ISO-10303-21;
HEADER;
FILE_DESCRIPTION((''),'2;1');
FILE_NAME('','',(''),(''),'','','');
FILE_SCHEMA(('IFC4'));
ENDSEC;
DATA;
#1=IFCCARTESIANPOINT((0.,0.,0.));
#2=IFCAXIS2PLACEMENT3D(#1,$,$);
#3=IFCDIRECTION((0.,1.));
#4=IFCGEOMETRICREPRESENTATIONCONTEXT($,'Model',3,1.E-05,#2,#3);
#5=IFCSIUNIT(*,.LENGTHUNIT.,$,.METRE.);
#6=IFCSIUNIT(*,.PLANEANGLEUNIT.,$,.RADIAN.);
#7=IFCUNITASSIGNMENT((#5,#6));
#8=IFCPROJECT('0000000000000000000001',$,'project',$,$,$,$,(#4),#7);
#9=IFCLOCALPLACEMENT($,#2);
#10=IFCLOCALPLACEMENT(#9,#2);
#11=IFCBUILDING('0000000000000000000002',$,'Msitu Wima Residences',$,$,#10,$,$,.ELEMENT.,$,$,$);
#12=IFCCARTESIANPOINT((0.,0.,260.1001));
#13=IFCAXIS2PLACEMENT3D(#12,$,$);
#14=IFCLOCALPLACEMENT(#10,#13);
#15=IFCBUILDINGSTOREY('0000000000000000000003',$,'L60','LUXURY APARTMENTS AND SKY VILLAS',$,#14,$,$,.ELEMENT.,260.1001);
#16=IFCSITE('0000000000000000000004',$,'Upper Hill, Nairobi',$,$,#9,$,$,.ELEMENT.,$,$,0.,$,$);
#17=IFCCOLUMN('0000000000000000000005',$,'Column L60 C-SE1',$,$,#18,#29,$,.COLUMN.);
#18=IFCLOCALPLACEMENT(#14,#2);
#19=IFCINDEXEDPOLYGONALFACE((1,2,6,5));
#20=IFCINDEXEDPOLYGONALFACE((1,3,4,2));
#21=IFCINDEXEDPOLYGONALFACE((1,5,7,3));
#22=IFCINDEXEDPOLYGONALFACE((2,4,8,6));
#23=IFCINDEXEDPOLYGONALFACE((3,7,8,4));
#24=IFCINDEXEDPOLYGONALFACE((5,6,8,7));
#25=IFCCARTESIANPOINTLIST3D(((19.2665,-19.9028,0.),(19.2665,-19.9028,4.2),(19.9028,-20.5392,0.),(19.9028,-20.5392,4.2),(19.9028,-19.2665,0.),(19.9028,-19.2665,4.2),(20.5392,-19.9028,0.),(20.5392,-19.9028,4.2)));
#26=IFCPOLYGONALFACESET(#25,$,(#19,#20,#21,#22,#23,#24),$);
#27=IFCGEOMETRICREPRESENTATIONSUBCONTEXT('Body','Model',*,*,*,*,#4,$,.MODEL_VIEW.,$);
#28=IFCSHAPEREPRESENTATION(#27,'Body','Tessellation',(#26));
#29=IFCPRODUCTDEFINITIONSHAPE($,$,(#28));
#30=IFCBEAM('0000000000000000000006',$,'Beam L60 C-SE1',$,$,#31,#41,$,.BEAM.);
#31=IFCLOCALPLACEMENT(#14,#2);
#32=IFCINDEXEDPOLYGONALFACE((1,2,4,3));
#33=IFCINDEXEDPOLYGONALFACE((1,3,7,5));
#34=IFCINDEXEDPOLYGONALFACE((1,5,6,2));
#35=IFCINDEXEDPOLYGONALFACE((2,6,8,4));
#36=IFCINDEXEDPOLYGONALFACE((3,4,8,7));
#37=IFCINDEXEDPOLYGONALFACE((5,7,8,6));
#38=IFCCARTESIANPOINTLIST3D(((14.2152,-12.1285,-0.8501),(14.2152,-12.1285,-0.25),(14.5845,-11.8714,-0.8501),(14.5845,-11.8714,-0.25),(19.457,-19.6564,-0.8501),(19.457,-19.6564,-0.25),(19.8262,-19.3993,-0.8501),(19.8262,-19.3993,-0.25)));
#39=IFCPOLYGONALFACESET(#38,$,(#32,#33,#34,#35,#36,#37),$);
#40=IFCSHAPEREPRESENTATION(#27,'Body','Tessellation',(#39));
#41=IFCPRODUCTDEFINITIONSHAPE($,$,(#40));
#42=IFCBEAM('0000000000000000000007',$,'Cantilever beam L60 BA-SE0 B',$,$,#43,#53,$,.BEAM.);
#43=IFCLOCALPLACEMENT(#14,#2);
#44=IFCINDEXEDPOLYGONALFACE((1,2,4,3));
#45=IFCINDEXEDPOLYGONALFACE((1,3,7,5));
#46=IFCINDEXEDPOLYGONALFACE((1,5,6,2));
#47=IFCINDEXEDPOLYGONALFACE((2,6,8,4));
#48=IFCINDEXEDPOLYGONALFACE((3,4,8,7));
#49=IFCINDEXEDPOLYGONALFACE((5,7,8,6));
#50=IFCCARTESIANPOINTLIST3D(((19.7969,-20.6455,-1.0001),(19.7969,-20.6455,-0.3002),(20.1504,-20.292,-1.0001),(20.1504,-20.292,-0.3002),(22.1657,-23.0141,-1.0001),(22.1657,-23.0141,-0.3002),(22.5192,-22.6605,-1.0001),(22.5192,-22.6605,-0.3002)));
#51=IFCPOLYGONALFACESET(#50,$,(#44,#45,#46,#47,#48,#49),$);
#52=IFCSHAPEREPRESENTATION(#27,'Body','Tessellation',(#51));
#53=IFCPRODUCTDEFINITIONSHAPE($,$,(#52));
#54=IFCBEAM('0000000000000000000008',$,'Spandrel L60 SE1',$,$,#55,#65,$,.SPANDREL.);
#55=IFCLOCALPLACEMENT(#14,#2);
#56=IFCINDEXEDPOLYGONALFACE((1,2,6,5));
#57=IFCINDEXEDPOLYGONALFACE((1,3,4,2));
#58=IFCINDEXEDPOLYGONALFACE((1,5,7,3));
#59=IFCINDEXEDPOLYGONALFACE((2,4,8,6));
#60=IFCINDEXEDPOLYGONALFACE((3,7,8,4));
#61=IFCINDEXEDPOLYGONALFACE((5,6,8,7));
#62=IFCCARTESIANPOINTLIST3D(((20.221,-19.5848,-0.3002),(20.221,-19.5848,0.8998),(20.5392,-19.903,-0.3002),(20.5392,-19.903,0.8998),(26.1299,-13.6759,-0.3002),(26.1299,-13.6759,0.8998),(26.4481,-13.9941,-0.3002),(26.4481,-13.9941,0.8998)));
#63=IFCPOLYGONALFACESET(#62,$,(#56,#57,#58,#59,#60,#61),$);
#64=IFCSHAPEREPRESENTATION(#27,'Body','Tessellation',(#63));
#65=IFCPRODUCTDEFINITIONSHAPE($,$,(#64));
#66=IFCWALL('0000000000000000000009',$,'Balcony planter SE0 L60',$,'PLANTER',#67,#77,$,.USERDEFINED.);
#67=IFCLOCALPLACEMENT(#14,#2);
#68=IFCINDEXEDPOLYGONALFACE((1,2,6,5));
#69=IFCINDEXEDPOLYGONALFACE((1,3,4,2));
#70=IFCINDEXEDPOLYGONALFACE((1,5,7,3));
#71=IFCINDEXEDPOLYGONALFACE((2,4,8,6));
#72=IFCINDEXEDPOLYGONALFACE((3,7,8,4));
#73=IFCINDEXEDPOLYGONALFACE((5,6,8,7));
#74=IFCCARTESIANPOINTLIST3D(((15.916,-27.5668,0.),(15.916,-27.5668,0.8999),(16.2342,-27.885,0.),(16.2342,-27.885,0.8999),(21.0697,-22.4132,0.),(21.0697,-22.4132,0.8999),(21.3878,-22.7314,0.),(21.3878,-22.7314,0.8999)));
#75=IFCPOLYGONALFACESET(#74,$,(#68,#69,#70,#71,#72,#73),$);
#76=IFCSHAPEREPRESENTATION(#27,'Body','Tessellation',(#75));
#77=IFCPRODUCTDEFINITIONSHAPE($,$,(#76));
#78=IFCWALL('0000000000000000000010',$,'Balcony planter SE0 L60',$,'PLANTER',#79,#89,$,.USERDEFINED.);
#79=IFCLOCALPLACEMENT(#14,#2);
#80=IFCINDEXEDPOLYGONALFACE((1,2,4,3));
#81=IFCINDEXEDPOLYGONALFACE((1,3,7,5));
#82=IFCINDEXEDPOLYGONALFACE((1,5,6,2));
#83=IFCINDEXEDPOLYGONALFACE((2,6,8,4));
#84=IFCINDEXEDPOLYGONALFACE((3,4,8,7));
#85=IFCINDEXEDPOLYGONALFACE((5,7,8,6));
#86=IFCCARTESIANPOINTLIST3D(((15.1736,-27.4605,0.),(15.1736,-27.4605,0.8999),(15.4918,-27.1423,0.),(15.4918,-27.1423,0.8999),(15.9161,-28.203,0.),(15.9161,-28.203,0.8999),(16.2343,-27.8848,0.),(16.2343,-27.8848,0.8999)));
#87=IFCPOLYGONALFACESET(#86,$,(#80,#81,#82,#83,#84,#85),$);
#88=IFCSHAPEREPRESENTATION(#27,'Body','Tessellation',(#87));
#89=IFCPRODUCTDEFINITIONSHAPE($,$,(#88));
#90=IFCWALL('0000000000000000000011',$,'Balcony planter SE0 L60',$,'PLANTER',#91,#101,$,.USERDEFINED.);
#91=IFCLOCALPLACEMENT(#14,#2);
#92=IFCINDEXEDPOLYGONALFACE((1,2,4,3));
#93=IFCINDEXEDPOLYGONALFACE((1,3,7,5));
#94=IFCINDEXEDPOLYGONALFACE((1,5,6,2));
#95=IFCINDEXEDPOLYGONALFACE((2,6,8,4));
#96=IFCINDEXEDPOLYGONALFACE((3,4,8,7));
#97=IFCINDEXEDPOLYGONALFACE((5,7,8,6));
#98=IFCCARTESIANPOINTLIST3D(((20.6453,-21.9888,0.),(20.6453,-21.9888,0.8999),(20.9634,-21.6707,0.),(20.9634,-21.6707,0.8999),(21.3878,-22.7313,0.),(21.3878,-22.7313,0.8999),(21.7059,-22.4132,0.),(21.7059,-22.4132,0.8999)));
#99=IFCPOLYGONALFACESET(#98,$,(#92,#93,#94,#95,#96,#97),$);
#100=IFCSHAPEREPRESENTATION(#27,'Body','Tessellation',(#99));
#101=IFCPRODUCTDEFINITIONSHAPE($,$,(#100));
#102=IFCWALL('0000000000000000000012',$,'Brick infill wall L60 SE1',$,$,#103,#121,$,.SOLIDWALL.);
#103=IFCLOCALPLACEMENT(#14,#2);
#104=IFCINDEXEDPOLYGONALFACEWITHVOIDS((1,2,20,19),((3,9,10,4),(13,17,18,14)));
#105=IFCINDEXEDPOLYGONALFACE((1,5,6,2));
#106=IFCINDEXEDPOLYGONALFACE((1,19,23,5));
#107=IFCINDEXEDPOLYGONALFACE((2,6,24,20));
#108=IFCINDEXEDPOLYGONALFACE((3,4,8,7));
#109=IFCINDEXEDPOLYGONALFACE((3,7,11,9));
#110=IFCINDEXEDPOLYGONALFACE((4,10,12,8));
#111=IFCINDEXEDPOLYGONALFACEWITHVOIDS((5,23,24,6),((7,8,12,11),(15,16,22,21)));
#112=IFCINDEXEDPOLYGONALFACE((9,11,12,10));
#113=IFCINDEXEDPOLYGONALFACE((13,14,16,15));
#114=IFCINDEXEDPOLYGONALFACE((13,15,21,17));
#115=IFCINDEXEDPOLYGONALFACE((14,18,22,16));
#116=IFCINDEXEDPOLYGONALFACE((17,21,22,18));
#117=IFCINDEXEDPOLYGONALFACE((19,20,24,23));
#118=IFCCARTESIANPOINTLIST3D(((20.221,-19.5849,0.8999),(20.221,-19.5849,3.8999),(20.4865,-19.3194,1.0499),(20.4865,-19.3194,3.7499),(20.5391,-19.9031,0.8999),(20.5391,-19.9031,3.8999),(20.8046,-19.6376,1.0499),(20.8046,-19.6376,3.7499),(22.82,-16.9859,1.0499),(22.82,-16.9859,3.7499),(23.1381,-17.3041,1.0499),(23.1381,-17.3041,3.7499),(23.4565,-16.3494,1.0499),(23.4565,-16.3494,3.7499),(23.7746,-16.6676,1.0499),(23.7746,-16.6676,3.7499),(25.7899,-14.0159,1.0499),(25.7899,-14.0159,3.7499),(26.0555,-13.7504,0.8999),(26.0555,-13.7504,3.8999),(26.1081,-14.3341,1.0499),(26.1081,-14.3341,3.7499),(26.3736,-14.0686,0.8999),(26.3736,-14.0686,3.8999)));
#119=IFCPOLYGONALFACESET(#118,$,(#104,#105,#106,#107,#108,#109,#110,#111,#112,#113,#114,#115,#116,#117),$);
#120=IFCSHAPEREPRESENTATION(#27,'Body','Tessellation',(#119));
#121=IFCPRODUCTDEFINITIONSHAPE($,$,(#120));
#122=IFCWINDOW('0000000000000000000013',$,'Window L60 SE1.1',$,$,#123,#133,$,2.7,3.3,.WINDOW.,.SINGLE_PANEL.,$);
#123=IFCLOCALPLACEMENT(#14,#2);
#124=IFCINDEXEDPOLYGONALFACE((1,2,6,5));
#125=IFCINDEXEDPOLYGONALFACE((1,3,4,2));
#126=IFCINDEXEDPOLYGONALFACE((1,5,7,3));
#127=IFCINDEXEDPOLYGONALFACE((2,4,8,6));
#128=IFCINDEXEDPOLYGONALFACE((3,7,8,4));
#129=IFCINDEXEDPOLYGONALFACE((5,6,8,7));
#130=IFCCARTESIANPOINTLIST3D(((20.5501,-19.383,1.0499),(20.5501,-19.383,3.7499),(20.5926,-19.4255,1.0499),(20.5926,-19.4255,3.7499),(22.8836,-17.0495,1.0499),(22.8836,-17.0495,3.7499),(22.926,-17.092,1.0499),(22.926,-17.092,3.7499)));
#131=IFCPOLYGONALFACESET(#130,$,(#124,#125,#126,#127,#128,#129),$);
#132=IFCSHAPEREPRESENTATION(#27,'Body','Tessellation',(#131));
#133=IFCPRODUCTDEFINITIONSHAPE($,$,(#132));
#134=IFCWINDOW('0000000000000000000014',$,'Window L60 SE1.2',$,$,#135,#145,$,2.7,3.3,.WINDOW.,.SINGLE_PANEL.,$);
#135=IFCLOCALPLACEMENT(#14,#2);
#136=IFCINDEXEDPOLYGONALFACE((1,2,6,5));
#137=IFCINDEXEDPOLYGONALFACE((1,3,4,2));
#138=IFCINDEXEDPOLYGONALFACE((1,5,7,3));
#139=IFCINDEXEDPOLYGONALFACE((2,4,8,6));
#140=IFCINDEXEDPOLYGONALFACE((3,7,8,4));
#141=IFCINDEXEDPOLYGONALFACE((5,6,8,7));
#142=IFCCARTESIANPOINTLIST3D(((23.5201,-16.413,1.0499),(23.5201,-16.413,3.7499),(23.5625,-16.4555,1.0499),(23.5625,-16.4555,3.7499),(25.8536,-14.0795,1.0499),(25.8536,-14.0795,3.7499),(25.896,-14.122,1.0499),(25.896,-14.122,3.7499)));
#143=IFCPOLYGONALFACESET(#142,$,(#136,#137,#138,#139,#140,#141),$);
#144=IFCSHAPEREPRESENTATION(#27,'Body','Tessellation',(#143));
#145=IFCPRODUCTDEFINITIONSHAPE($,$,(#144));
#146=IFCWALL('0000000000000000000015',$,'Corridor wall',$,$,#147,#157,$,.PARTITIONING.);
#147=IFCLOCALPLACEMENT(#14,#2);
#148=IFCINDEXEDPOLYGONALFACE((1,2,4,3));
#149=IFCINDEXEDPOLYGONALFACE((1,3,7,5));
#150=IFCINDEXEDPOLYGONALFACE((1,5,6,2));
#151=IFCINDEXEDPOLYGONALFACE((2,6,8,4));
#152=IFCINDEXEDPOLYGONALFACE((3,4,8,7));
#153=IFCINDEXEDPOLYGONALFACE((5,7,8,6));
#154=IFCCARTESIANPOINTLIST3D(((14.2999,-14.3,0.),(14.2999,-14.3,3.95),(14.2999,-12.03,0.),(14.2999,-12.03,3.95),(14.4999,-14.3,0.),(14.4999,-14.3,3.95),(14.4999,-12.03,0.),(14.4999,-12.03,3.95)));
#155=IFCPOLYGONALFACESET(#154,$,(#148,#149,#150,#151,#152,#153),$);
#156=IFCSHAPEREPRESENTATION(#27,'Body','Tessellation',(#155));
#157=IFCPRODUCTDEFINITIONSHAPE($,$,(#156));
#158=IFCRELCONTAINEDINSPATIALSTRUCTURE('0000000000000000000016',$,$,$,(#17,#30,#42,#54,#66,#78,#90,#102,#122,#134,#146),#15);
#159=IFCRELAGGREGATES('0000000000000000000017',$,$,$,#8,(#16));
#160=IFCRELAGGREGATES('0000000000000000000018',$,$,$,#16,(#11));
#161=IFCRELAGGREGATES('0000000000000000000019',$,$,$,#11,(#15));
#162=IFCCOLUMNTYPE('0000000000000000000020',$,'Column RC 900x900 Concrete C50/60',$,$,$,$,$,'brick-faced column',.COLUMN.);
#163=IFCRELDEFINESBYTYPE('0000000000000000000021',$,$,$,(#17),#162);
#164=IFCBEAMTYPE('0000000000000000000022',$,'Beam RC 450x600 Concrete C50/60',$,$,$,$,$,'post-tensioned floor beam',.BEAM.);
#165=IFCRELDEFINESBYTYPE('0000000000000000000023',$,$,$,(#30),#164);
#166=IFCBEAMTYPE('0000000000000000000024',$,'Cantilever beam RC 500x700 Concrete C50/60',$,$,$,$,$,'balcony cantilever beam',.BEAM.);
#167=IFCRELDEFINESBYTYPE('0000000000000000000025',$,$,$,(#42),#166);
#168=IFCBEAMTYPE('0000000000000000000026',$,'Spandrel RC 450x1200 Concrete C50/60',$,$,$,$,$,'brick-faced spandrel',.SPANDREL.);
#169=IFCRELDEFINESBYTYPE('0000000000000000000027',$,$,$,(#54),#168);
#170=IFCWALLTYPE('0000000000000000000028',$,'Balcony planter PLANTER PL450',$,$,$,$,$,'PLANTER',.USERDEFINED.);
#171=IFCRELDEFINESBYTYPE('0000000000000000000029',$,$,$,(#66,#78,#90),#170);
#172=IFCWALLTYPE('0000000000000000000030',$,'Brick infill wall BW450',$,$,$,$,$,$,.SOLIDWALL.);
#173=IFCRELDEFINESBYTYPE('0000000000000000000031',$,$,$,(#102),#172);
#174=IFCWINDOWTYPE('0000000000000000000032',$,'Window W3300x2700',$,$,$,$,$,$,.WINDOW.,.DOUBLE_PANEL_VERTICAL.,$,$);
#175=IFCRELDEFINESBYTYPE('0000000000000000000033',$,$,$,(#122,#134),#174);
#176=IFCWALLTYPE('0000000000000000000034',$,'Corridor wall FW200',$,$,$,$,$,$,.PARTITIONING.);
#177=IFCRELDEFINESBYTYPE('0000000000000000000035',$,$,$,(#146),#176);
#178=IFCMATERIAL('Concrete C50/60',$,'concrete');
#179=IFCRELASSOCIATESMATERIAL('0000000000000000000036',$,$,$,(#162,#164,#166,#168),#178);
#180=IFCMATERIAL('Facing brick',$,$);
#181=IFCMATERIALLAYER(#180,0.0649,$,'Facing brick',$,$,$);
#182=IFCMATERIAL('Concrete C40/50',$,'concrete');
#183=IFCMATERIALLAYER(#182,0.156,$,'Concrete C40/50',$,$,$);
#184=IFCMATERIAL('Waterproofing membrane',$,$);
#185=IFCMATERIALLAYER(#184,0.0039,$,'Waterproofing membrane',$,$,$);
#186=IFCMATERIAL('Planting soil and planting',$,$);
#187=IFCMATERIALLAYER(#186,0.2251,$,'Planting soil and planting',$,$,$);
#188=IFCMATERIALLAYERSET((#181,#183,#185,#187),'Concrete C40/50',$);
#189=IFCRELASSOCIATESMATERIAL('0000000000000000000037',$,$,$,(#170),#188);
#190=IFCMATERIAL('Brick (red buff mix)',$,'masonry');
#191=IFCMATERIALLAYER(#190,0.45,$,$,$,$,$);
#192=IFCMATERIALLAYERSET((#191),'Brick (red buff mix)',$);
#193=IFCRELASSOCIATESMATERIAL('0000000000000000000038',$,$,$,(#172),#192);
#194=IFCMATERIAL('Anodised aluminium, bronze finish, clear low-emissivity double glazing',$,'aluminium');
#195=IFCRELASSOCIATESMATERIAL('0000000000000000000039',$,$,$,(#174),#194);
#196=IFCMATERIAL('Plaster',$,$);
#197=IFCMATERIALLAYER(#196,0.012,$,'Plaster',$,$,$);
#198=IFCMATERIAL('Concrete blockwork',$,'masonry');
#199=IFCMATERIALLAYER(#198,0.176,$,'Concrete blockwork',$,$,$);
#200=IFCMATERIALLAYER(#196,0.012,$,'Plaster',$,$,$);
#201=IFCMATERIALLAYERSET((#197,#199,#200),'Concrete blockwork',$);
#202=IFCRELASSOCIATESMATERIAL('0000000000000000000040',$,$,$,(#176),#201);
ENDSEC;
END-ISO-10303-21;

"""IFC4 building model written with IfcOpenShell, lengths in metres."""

from ifc_helpers import new_model, si_unit, direction, frame, frame_2d, origin, origin_2d, place, context, subcontext, project, spatial, rectangle, extrude, material, layer, layer_set, material_profile, profile_set, type_object, element, fill, save


model = new_model("IFC4")

# Units and contexts
model_context = context("Model", 3, precision=1e-05, world=origin(), true_north=direction((0.0, 1.0)))
body_context = subcontext(model_context, "Body", "Model", "MODEL_VIEW")
ifc_project = project(units=[si_unit("LENGTHUNIT", "METRE"), si_unit("PLANEANGLEUNIT", "RADIAN")], contexts=[model_context])

# Site, building, storey
site_placement = place(None, origin())
site = spatial("IfcSite", under=ifc_project, at=site_placement, Name="Upper Hill, Nairobi", CompositionType="ELEMENT", RefElevation=0.0)
building_placement = place(site_placement, origin())
building = spatial("IfcBuilding", under=site, at=building_placement, Name="Msitu Wima Residences", CompositionType="ELEMENT")
storey_placement = place(building_placement, frame((0.0, 0.0, 260.1001)))
storey = spatial("IfcBuildingStorey", under=building, at=storey_placement, Name="L60", Description="LUXURY APARTMENTS AND SKY VILLAS", CompositionType="ELEMENT", Elevation=260.1001)

# Column
ifc_material_1 = material(Name="Concrete C50/60", Category="concrete")
ifc_material_profile_1 = material_profile(ifc_material_1, rectangle(XDim=0.8999, YDim=0.8999, at=origin_2d()), Name="RC 900x900")
ifc_profile_set_1 = profile_set([ifc_material_profile_1], Name="Concrete C50/60")
column_type = type_object("IfcColumnType", Name="Column RC 900x900 Concrete C50/60", ElementType="brick-faced column", PredefinedType="COLUMN", material=ifc_profile_set_1)
column_placement = place(storey_placement, frame((19.9028, -19.9028, 0.0), z_axis=(0.0, 0.0, 1.0), x_axis=(0.707107, 0.707107, 0.0)))
element("IfcColumn", 1, at=column_placement, inside=storey, type_object=column_type, Name="Column L60 C-SE1", PredefinedType="COLUMN", context=body_context, shape_type="SweptSolid", body=[
    extrude(rectangle(XDim=0.8999, YDim=0.8999, at=origin_2d()), origin(), (0.0, 0.0, 1.0), 4.2),
])

# Beams
ifc_material_profile_2 = material_profile(ifc_material_1, rectangle(XDim=0.45, YDim=0.6001, at=origin_2d()), Name="RC 450x600")
ifc_profile_set_2 = profile_set([ifc_material_profile_2], Name="Concrete C50/60")
beam_type_1 = type_object("IfcBeamType", Name="Beam RC 450x600 Concrete C50/60", ElementType="post-tensioned floor beam", PredefinedType="BEAM", material=ifc_profile_set_2)
beam_1_placement = place(storey_placement, frame((19.6416, -19.5278, -0.55), z_axis=(-0.571428, 0.820652, 0.0), x_axis=(-0.820652, -0.571428, 0.0)))
element("IfcBeam", 2, at=beam_1_placement, inside=storey, type_object=beam_type_1, Name="Beam L60 C-SE1", PredefinedType="BEAM", context=body_context, shape_type="SweptSolid", body=[
    extrude(rectangle(XDim=0.45, YDim=0.6001, at=origin_2d()), origin(), (0.0, 0.0, 1.0), 9.1731),
])
ifc_material_profile_3 = material_profile(ifc_material_1, rectangle(XDim=0.5, YDim=0.7, at=origin_2d()), Name="RC 500x700")
ifc_profile_set_3 = profile_set([ifc_material_profile_3], Name="Concrete C50/60")
beam_type_2 = type_object("IfcBeamType", Name="Cantilever beam RC 500x700 Concrete C50/60", ElementType="balcony cantilever beam", PredefinedType="BEAM", material=ifc_profile_set_3)
beam_2_placement = place(storey_placement, frame((19.9736, -20.4688, -0.6501), z_axis=(0.707143, -0.70707, 0.0), x_axis=(0.70707, 0.707143, 0.0)))
element("IfcBeam", 3, at=beam_2_placement, inside=storey, type_object=beam_type_2, Name="Cantilever beam L60 BA-SE0 B", PredefinedType="BEAM", context=body_context, shape_type="SweptSolid", body=[
    extrude(rectangle(XDim=0.5, YDim=0.7, at=origin_2d()), origin(), (0.0, 0.0, 1.0), 3.3499),
])
ifc_material_profile_4 = material_profile(ifc_material_1, rectangle(XDim=0.45, YDim=1.2, at=origin_2d()), Name="RC 450x1200")
ifc_profile_set_4 = profile_set([ifc_material_profile_4], Name="Concrete C50/60")
beam_type_3 = type_object("IfcBeamType", Name="Spandrel RC 450x1200 Concrete C50/60", ElementType="brick-faced spandrel", PredefinedType="SPANDREL", material=ifc_profile_set_4)
beam_3_placement = place(storey_placement, frame((20.3801, -19.7439, 0.2998), z_axis=(0.707107, 0.707107, 0.0), x_axis=(-0.707107, 0.707107, 0.0)))
element("IfcBeam", 4, at=beam_3_placement, inside=storey, type_object=beam_type_3, Name="Spandrel L60 SE1", PredefinedType="SPANDREL", context=body_context, shape_type="SweptSolid", body=[
    extrude(rectangle(XDim=0.45, YDim=1.2, at=origin_2d()), origin(), (0.0, 0.0, 1.0), 8.3564),
])

# Walls
ifc_material_2 = material(Name="Facing brick")
ifc_layer_1 = layer(ifc_material_2, 0.0649, Name="Facing brick")
ifc_material_3 = material(Name="Concrete C40/50", Category="concrete")
ifc_layer_2 = layer(ifc_material_3, 0.156, Name="Concrete C40/50")
ifc_material_4 = material(Name="Waterproofing membrane")
ifc_layer_3 = layer(ifc_material_4, 0.0039, Name="Waterproofing membrane")
ifc_material_5 = material(Name="Planting soil and planting")
ifc_layer_4 = layer(ifc_material_5, 0.2251, Name="Planting soil and planting")
ifc_layer_set_1 = layer_set([ifc_layer_1, ifc_layer_2, ifc_layer_3, ifc_layer_4], Name="Concrete C40/50")
wall_type_1 = type_object("IfcWallType", Name="Balcony planter PLANTER PL450", ElementType="PLANTER", PredefinedType="USERDEFINED", material=ifc_layer_set_1)
wall_1_placement = place(storey_placement, frame((16.0752, -27.7258, 0.0), z_axis=(0.0, 0.0, 1.0), x_axis=(0.707107, 0.707107, 0.0)))
element("IfcWall", 5, at=wall_1_placement, inside=storey, type_object=wall_type_1, Name="Balcony planter SE0 L60", ObjectType="PLANTER", PredefinedType="USERDEFINED", context=body_context, shape_type="SweptSolid", body=[
    extrude(rectangle(XDim=7.2883, YDim=0.45, at=frame_2d((3.644, 0.0))), origin(), (0.0, 0.0, 1.0), 0.8999),
])
for number, where, z_axis, x_axis, name in (
    (6, (15.3328, -27.3015, 0.0), (0.0, 0.0, 1.0), (0.707107, -0.707107, 0.0), "Balcony planter SE0 L60"),
    (7, (20.8044, -21.8298, 0.0), (0.0, 0.0, 1.0), (0.707107, -0.707107, 0.0), "Balcony planter SE0 L60"),
):
    element("IfcWall", number, at=place(storey_placement, frame(where, z_axis=z_axis, x_axis=x_axis)), inside=storey, type_object=wall_type_1, Name=name, ObjectType="PLANTER", PredefinedType="USERDEFINED", context=body_context, shape_type="SweptSolid", body=[
        extrude(rectangle(XDim=1.05, YDim=0.45, at=frame_2d((0.5249, 0.0))), origin(), (0.0, 0.0, 1.0), 0.8999),
    ])

# Wall, openings, windows
ifc_material_6 = material(Name="Brick (red buff mix)", Category="masonry")
ifc_layer_5 = layer(ifc_material_6, 0.45)
ifc_layer_set_2 = layer_set([ifc_layer_5], Name="Brick (red buff mix)")
wall_type_2 = type_object("IfcWallType", Name="Brick infill wall BW450", PredefinedType="SOLIDWALL", material=ifc_layer_set_2)
wall_2_placement = place(storey_placement, frame((20.3801, -19.7439, 0.8999), z_axis=(0.0, 0.0, 1.0), x_axis=(0.707107, 0.707107, 0.0)))
wall_2 = element("IfcWall", 8, at=wall_2_placement, inside=storey, type_object=wall_type_2, Name="Brick infill wall L60 SE1", PredefinedType="SOLIDWALL", context=body_context, shape_type="SweptSolid", body=[
    extrude(rectangle(XDim=8.2512, YDim=0.45, at=frame_2d((4.1255, 0.0))), origin(), (0.0, 0.0, 1.0), 3.0),
])
opening_1_placement = place(wall_2_placement, frame((0.3755, 0.0, 0.1499)))
opening_1 = element("IfcOpeningElement", 9, at=opening_1_placement, cuts=wall_2, PredefinedType="OPENING", context=body_context, shape_type="SweptSolid", body=[
    extrude(rectangle(XDim=3.3, YDim=2.7, at=frame_2d((1.6499, 1.3501))), frame((0.0, 0.2349, 0.0), z_axis=(0.0, -1.0, 0.0), x_axis=(1.0, 0.0, 0.0)), (0.0, 0.0, 1.0), 0.47),
])
opening_2_placement = place(wall_2_placement, frame((4.5757, 0.0, 0.1499)))
opening_2 = element("IfcOpeningElement", 10, at=opening_2_placement, cuts=wall_2, PredefinedType="OPENING", context=body_context, shape_type="SweptSolid", body=[
    extrude(rectangle(XDim=3.3, YDim=2.7, at=frame_2d((1.6499, 1.3501))), frame((0.0, 0.2349, 0.0), z_axis=(0.0, -1.0, 0.0), x_axis=(1.0, 0.0, 0.0)), (0.0, 0.0, 1.0), 0.47),
])
ifc_material_7 = material(Name="Anodised aluminium, bronze finish, clear low-emissivity double glazing", Category="aluminium")
window_type = type_object("IfcWindowType", Name="Window W3300x2700", PartitioningType="DOUBLE_PANEL_VERTICAL", PredefinedType="WINDOW", material=ifc_material_7)
window_1_placement = place(opening_1_placement, origin())
window_1 = element("IfcWindow", 11, at=window_1_placement, inside=storey, type_object=window_type, Name="Window L60 SE1.1", OverallHeight=2.7, OverallWidth=3.3, PartitioningType="SINGLE_PANEL", PredefinedType="WINDOW", context=body_context, shape_type="SweptSolid", body=[
    extrude(rectangle(XDim=3.3, YDim=2.7, at=frame_2d((1.6499, 1.3501))), frame((0.0, 0.135, 0.0), z_axis=(0.0, -1.0, 0.0), x_axis=(1.0, 0.0, 0.0)), (0.0, 0.0, 1.0), 0.0601),
])
fill(opening_1, window_1)
window_2_placement = place(opening_2_placement, origin())
window_2 = element("IfcWindow", 12, at=window_2_placement, inside=storey, type_object=window_type, Name="Window L60 SE1.2", OverallHeight=2.7, OverallWidth=3.3, PartitioningType="SINGLE_PANEL", PredefinedType="WINDOW", context=body_context, shape_type="SweptSolid", body=[
    extrude(rectangle(XDim=3.3, YDim=2.7, at=frame_2d((1.6499, 1.3501))), frame((0.0, 0.135, 0.0), z_axis=(0.0, -1.0, 0.0), x_axis=(1.0, 0.0, 0.0)), (0.0, 0.0, 1.0), 0.0601),
])
fill(opening_2, window_2)

# Wall
ifc_material_8 = material(Name="Plaster")
ifc_layer_6 = layer(ifc_material_8, 0.012, Name="Plaster")
ifc_material_9 = material(Name="Concrete blockwork", Category="masonry")
ifc_layer_7 = layer(ifc_material_9, 0.176, Name="Concrete blockwork")
ifc_layer_8 = layer(ifc_material_8, 0.012, Name="Plaster")
ifc_layer_set_3 = layer_set([ifc_layer_6, ifc_layer_7, ifc_layer_8], Name="Concrete blockwork")
wall_type_3 = type_object("IfcWallType", Name="Corridor wall FW200", PredefinedType="PARTITIONING", material=ifc_layer_set_3)
wall_3_placement = place(storey_placement, frame((14.3999, -14.3, 0.0), z_axis=(0.0, 0.0, 1.0), x_axis=(0.0, 1.0, 0.0)))
element("IfcWall", 13, at=wall_3_placement, inside=storey, type_object=wall_type_3, Name="Corridor wall", PredefinedType="PARTITIONING", context=body_context, shape_type="SweptSolid", body=[
    extrude(rectangle(XDim=2.27, YDim=0.2, at=frame_2d((1.135, 0.0))), origin(), (0.0, 0.0, 1.0), 3.95),
])

save(model, "model.ifc")
